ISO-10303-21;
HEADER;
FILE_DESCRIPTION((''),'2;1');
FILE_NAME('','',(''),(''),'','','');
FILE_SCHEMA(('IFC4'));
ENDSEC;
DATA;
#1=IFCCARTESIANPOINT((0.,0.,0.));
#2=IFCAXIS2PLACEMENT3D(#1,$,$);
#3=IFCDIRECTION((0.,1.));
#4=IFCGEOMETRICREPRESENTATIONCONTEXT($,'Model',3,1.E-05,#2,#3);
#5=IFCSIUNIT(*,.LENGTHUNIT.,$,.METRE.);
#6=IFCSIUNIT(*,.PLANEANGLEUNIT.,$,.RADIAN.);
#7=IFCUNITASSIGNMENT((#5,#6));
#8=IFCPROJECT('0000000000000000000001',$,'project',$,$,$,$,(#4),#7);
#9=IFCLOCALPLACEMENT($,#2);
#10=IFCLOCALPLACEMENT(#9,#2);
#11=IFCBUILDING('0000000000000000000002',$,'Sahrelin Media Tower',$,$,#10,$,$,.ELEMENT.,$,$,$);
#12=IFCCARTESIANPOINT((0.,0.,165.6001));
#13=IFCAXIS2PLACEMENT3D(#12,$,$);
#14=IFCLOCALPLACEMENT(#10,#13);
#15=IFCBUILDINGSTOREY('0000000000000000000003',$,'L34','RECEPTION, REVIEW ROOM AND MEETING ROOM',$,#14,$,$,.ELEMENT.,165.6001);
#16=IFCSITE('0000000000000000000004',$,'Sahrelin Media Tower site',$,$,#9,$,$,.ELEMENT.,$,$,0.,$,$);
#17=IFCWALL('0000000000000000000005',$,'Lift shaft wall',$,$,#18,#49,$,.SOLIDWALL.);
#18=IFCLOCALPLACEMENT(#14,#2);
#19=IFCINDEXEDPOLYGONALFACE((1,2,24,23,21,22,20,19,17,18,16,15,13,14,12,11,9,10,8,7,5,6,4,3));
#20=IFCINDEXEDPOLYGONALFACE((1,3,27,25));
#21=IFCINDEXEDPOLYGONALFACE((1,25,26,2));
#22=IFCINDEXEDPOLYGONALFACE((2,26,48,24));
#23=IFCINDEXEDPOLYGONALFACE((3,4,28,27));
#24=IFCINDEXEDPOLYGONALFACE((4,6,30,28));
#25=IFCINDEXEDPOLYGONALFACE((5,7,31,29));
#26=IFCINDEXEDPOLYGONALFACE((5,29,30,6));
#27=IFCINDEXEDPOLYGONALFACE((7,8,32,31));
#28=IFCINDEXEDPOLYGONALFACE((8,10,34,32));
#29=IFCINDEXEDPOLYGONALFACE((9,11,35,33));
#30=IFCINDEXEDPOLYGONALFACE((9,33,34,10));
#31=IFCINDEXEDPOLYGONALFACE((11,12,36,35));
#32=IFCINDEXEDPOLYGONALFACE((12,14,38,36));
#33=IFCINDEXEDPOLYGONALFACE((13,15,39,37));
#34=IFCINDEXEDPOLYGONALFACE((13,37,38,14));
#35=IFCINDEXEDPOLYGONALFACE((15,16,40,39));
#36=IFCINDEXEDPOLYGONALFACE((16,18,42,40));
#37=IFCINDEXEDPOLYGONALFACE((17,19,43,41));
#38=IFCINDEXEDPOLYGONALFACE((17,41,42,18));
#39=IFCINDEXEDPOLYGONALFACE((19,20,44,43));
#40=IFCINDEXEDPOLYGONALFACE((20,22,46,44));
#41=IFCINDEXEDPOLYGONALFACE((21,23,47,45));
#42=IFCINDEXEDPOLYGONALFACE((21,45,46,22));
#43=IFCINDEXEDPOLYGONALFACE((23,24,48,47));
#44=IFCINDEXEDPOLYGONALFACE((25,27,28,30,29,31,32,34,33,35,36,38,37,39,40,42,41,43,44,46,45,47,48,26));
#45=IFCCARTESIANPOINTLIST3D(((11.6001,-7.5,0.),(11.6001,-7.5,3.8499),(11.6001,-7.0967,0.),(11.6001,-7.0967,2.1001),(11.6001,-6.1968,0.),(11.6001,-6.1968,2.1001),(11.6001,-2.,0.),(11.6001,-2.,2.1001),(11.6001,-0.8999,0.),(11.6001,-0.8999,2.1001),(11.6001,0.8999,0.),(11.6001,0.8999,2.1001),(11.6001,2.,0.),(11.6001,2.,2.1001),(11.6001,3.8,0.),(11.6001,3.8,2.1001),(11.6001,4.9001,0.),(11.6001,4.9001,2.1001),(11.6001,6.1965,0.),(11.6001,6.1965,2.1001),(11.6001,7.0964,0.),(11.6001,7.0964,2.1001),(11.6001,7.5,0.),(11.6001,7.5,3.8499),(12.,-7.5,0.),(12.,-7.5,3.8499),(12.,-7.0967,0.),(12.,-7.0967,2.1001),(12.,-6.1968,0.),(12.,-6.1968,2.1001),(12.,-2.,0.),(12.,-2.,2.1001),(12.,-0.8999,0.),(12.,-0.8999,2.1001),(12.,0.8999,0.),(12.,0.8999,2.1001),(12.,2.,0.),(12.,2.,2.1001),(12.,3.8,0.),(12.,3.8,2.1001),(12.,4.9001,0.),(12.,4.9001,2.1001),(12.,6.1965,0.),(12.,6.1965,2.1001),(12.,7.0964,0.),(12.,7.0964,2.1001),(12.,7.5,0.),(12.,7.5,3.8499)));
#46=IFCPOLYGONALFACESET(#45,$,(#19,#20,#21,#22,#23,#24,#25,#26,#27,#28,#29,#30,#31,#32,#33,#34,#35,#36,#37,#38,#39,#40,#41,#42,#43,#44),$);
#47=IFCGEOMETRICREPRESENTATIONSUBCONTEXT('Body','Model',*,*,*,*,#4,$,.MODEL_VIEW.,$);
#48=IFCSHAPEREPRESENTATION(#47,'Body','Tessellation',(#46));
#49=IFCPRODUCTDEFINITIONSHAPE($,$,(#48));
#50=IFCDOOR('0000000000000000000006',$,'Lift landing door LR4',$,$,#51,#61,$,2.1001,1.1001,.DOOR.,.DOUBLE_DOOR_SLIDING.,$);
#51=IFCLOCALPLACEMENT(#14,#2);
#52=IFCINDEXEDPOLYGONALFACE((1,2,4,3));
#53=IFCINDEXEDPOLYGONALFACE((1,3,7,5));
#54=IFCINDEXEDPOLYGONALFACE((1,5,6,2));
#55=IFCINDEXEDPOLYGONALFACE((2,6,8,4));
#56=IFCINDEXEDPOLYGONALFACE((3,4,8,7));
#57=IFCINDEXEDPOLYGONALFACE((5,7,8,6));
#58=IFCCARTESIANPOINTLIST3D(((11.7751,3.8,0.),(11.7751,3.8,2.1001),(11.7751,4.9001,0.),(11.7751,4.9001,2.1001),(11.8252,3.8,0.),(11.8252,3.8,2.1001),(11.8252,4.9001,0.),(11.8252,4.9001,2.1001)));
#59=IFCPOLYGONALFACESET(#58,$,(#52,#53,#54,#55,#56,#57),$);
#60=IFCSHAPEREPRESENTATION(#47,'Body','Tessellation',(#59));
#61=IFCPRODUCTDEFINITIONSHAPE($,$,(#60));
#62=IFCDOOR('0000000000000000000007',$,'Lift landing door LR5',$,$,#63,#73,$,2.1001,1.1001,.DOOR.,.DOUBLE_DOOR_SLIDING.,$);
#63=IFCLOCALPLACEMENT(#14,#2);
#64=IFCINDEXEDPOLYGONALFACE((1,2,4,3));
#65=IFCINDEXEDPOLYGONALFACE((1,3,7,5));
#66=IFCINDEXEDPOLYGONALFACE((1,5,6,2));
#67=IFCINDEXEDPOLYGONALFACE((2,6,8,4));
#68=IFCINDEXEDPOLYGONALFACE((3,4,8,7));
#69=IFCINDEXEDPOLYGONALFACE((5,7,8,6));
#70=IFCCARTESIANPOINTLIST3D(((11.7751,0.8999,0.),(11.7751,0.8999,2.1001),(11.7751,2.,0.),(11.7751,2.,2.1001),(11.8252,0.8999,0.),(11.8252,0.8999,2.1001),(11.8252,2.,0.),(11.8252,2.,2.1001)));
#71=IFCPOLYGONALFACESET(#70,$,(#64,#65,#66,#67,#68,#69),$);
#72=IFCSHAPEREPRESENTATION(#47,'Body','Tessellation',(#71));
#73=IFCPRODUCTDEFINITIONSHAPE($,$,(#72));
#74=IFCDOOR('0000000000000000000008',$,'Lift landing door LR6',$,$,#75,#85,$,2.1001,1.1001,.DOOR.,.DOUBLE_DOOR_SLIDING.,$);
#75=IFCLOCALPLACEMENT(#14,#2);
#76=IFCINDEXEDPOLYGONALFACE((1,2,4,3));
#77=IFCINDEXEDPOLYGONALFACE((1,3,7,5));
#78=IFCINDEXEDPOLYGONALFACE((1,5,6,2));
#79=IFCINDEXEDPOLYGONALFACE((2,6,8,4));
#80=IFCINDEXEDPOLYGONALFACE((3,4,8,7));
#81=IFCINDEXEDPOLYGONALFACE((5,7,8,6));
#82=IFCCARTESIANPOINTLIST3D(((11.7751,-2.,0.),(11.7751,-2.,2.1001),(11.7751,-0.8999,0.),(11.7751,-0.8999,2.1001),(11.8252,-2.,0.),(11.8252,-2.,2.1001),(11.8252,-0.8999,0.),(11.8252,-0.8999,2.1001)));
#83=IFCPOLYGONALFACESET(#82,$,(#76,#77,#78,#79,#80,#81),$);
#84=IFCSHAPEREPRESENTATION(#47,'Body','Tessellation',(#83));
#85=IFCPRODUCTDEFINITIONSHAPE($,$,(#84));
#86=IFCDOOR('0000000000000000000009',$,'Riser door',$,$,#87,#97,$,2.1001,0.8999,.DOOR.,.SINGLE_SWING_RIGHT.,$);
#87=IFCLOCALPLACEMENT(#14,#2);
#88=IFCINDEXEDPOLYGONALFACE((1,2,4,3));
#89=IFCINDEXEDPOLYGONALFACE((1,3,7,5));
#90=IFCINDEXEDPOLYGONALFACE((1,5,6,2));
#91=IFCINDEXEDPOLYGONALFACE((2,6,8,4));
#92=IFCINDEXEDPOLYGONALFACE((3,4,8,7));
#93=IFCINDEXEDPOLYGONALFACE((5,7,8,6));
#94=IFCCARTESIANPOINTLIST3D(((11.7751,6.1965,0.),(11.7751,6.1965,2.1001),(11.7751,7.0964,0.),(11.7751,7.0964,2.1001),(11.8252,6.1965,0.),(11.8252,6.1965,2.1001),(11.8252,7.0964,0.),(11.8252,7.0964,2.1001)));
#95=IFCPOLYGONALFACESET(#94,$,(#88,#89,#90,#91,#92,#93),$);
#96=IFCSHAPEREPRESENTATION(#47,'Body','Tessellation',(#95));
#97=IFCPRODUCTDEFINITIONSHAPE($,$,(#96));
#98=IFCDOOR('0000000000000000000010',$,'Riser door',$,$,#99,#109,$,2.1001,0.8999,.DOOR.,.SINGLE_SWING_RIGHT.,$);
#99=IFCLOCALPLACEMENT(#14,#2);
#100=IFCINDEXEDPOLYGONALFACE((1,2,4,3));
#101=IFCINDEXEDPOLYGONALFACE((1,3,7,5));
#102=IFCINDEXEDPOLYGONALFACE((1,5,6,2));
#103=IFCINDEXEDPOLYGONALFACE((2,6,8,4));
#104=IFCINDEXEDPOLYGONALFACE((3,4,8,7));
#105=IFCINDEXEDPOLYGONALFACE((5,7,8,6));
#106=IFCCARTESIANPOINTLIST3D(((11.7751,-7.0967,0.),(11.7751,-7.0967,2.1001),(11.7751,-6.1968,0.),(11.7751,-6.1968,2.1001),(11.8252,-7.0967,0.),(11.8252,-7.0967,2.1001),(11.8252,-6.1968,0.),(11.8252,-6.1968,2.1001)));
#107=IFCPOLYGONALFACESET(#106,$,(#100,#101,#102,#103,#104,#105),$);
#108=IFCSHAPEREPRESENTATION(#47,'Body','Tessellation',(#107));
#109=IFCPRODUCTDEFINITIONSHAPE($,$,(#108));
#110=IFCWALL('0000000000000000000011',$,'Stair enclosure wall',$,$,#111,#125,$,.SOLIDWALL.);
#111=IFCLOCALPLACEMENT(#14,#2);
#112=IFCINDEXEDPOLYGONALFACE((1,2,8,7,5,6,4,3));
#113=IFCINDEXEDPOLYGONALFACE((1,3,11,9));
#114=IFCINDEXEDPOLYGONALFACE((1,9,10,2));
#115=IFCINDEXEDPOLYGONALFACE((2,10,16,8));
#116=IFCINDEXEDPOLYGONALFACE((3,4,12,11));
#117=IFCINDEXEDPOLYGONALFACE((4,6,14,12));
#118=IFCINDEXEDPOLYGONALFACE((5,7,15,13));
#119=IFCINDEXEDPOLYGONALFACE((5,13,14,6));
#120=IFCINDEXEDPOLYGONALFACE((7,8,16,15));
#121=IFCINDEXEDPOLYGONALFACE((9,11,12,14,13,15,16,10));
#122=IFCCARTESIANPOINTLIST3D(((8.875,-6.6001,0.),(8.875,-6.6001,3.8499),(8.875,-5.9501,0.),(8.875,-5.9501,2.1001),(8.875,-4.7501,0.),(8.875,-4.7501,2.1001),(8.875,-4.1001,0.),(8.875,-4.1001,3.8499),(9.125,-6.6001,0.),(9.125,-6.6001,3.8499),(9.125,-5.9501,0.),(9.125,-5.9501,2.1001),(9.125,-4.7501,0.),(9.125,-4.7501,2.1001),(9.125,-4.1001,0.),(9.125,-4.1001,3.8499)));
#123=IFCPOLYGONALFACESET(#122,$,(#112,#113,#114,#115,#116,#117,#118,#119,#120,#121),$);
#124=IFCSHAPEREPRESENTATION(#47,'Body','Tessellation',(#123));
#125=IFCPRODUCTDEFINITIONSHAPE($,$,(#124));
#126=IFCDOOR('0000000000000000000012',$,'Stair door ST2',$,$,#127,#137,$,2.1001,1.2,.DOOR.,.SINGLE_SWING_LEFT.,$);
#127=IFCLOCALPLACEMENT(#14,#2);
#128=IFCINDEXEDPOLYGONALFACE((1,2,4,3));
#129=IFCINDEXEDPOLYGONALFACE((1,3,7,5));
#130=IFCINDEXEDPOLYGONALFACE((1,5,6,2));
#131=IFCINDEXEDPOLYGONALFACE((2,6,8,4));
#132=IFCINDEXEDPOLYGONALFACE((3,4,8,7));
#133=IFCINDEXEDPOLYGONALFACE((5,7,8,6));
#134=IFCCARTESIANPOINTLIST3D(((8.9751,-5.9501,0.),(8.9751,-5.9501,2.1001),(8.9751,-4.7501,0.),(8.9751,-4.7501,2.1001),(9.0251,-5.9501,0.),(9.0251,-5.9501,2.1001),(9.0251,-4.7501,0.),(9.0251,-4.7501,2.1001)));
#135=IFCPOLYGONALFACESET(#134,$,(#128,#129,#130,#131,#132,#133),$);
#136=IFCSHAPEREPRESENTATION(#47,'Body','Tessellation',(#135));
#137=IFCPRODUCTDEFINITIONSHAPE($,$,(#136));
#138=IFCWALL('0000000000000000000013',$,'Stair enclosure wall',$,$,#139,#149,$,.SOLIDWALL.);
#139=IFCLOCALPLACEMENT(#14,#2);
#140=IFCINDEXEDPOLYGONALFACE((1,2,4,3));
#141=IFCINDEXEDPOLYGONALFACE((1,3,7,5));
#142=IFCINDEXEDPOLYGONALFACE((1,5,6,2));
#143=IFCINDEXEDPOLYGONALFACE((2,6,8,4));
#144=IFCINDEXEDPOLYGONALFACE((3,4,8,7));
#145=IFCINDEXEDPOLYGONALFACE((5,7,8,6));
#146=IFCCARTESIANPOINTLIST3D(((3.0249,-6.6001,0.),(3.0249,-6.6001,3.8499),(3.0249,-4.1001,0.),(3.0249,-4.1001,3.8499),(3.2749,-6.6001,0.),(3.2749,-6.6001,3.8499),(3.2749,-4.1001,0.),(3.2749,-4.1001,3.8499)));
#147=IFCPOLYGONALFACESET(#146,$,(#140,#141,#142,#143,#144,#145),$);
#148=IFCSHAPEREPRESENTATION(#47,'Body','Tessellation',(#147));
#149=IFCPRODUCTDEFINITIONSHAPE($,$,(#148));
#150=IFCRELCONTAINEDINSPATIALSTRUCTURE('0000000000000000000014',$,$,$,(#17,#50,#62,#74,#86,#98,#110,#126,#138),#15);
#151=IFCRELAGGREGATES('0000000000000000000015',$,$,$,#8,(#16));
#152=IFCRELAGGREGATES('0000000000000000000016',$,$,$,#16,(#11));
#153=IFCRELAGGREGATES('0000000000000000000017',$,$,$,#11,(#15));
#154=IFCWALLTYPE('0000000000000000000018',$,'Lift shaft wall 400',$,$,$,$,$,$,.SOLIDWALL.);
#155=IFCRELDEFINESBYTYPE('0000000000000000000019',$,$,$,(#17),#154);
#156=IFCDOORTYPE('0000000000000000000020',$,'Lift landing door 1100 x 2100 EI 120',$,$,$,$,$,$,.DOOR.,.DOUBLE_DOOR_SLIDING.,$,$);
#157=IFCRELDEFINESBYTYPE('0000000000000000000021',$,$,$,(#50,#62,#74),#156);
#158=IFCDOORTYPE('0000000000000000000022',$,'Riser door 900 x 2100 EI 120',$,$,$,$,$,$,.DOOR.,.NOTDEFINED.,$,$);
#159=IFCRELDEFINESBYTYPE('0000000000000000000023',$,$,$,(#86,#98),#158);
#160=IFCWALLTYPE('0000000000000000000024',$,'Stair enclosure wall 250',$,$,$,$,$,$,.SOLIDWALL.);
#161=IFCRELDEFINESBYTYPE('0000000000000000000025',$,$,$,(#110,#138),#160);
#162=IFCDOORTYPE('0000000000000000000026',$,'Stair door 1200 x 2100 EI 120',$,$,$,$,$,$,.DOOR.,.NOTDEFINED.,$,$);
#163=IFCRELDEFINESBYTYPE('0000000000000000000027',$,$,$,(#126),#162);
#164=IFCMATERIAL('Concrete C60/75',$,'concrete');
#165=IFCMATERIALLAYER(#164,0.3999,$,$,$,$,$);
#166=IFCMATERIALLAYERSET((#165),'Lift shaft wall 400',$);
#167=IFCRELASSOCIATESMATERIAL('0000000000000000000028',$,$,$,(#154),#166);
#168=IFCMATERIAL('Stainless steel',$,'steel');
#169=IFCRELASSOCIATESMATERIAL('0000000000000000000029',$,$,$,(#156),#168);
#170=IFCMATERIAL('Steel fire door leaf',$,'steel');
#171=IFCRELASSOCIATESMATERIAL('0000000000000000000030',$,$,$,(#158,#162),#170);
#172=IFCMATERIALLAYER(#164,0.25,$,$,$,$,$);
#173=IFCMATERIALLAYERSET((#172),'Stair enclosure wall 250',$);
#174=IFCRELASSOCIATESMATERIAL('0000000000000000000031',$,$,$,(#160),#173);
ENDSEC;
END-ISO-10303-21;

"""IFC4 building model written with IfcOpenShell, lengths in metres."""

from ifc_helpers import new_model, si_unit, direction, frame, frame_2d, origin, place, context, subcontext, project, spatial, rectangle, extrude, material, layer, layer_set, type_object, element, fill, save


model = new_model("IFC4")

# Units and contexts
model_context = context("Model", 3, precision=1e-05, world=origin(), true_north=direction((0.0, 1.0)))
body_context = subcontext(model_context, "Body", "Model", "MODEL_VIEW")
ifc_project = project(units=[si_unit("LENGTHUNIT", "METRE"), si_unit("PLANEANGLEUNIT", "RADIAN")], contexts=[model_context])

# Site, building, storey
site_placement = place(None, origin())
site = spatial("IfcSite", under=ifc_project, at=site_placement, Name="Sahrelin Media Tower site", CompositionType="ELEMENT", RefElevation=0.0)
building_placement = place(site_placement, origin())
building = spatial("IfcBuilding", under=site, at=building_placement, Name="Sahrelin Media Tower", CompositionType="ELEMENT")
storey_placement = place(building_placement, frame((0.0, 0.0, 165.6001)))
storey = spatial("IfcBuildingStorey", under=building, at=storey_placement, Name="L34", Description="RECEPTION, REVIEW ROOM AND MEETING ROOM", CompositionType="ELEMENT", Elevation=165.6001)

# Shared definitions
ifc_material_1 = material(Name="Concrete C60/75", Category="concrete")

# Shared definitions
ifc_material_2 = material(Name="Steel fire door leaf", Category="steel")

# Wall, openings, doors
ifc_layer_1 = layer(ifc_material_1, 0.3999)
ifc_layer_set_1 = layer_set([ifc_layer_1], Name="Lift shaft wall 400")
wall_type_1 = type_object("IfcWallType", Name="Lift shaft wall 400", PredefinedType="SOLIDWALL", material=ifc_layer_set_1)
wall_1_placement = place(storey_placement, frame((11.8, -7.5, 0.0), z_axis=(0.0, 0.0, 1.0), x_axis=(0.0, 1.0, 0.0)))
wall_1 = element("IfcWall", 1, at=wall_1_placement, inside=storey, type_object=wall_type_1, Name="Lift shaft wall", PredefinedType="SOLIDWALL", context=body_context, shape_type="SweptSolid", body=[
    extrude(rectangle(XDim=15.0, YDim=0.3999, at=frame_2d((7.5, 0.0))), origin(), (0.0, 0.0, 1.0), 3.8499),
])
opening_1_placement = place(wall_1_placement, frame((11.3, 0.0, 0.0)))
opening_1 = element("IfcOpeningElement", 2, at=opening_1_placement, cuts=wall_1, PredefinedType="OPENING", context=body_context, shape_type="SweptSolid", body=[
    extrude(rectangle(XDim=1.1001, YDim=2.1001, at=frame_2d((0.55, 1.05))), frame((0.0, 0.2, 0.0), z_axis=(0.0, -1.0, 0.0), x_axis=(1.0, 0.0, 0.0)), (0.0, 0.0, 1.0), 0.3999),
])
opening_2_placement = place(wall_1_placement, frame((8.3999, 0.0, 0.0)))
opening_2 = element("IfcOpeningElement", 3, at=opening_2_placement, cuts=wall_1, PredefinedType="OPENING", context=body_context, shape_type="SweptSolid", body=[
    extrude(rectangle(XDim=1.1001, YDim=2.1001, at=frame_2d((0.55, 1.05))), frame((0.0, 0.2, 0.0), z_axis=(0.0, -1.0, 0.0), x_axis=(1.0, 0.0, 0.0)), (0.0, 0.0, 1.0), 0.3999),
])
opening_3_placement = place(wall_1_placement, frame((5.5, 0.0, 0.0)))
opening_3 = element("IfcOpeningElement", 4, at=opening_3_placement, cuts=wall_1, PredefinedType="OPENING", context=body_context, shape_type="SweptSolid", body=[
    extrude(rectangle(XDim=1.1001, YDim=2.1001, at=frame_2d((0.55, 1.05))), frame((0.0, 0.2, 0.0), z_axis=(0.0, -1.0, 0.0), x_axis=(1.0, 0.0, 0.0)), (0.0, 0.0, 1.0), 0.3999),
])
opening_4_placement = place(wall_1_placement, frame((13.6965, 0.0, 0.0)))
opening_4 = element("IfcOpeningElement", 5, at=opening_4_placement, cuts=wall_1, PredefinedType="OPENING", context=body_context, shape_type="SweptSolid", body=[
    extrude(rectangle(XDim=0.8999, YDim=2.1001, at=frame_2d((0.45, 1.05))), frame((0.0, 0.2, 0.0), z_axis=(0.0, -1.0, 0.0), x_axis=(1.0, 0.0, 0.0)), (0.0, 0.0, 1.0), 0.3999),
])
opening_5_placement = place(wall_1_placement, frame((0.4033, 0.0, 0.0)))
opening_5 = element("IfcOpeningElement", 6, at=opening_5_placement, cuts=wall_1, PredefinedType="OPENING", context=body_context, shape_type="SweptSolid", body=[
    extrude(rectangle(XDim=0.8999, YDim=2.1001, at=frame_2d((0.45, 1.05))), frame((0.0, 0.2, 0.0), z_axis=(0.0, -1.0, 0.0), x_axis=(1.0, 0.0, 0.0)), (0.0, 0.0, 1.0), 0.3999),
])
ifc_material_3 = material(Name="Stainless steel", Category="steel")
door_type_1 = type_object("IfcDoorType", Name="Lift landing door 1100 x 2100 EI 120", OperationType="DOUBLE_DOOR_SLIDING", PredefinedType="DOOR", material=ifc_material_3)
door_1_placement = place(opening_1_placement, origin())
door_1 = element("IfcDoor", 7, at=door_1_placement, inside=storey, type_object=door_type_1, Name="Lift landing door LR4", OperationType="DOUBLE_DOOR_SLIDING", OverallHeight=2.1001, OverallWidth=1.1001, PredefinedType="DOOR", context=body_context, shape_type="SweptSolid", body=[
    extrude(rectangle(XDim=1.1001, YDim=2.1001, at=frame_2d((0.55, 1.05))), frame((0.0, 0.0249, 0.0), z_axis=(0.0, -1.0, 0.0), x_axis=(1.0, 0.0, 0.0)), (0.0, 0.0, 1.0), 0.05),
])
fill(opening_1, door_1)
door_2_placement = place(opening_2_placement, origin())
door_2 = element("IfcDoor", 8, at=door_2_placement, inside=storey, type_object=door_type_1, Name="Lift landing door LR5", OperationType="DOUBLE_DOOR_SLIDING", OverallHeight=2.1001, OverallWidth=1.1001, PredefinedType="DOOR", context=body_context, shape_type="SweptSolid", body=[
    extrude(rectangle(XDim=1.1001, YDim=2.1001, at=frame_2d((0.55, 1.05))), frame((0.0, 0.0249, 0.0), z_axis=(0.0, -1.0, 0.0), x_axis=(1.0, 0.0, 0.0)), (0.0, 0.0, 1.0), 0.05),
])
fill(opening_2, door_2)
door_3_placement = place(opening_3_placement, origin())
door_3 = element("IfcDoor", 9, at=door_3_placement, inside=storey, type_object=door_type_1, Name="Lift landing door LR6", OperationType="DOUBLE_DOOR_SLIDING", OverallHeight=2.1001, OverallWidth=1.1001, PredefinedType="DOOR", context=body_context, shape_type="SweptSolid", body=[
    extrude(rectangle(XDim=1.1001, YDim=2.1001, at=frame_2d((0.55, 1.05))), frame((0.0, 0.0249, 0.0), z_axis=(0.0, -1.0, 0.0), x_axis=(1.0, 0.0, 0.0)), (0.0, 0.0, 1.0), 0.05),
])
fill(opening_3, door_3)
door_type_2 = type_object("IfcDoorType", Name="Riser door 900 x 2100 EI 120", OperationType="NOTDEFINED", PredefinedType="DOOR", material=ifc_material_2)
door_4_placement = place(opening_4_placement, origin())
door_4 = element("IfcDoor", 10, at=door_4_placement, inside=storey, type_object=door_type_2, Name="Riser door", OperationType="SINGLE_SWING_RIGHT", OverallHeight=2.1001, OverallWidth=0.8999, PredefinedType="DOOR", context=body_context, shape_type="SweptSolid", body=[
    extrude(rectangle(XDim=0.8999, YDim=2.1001, at=frame_2d((0.45, 1.05))), frame((0.0, 0.0249, 0.0), z_axis=(0.0, -1.0, 0.0), x_axis=(1.0, 0.0, 0.0)), (0.0, 0.0, 1.0), 0.05),
])
fill(opening_4, door_4)
door_5_placement = place(opening_5_placement, origin())
door_5 = element("IfcDoor", 11, at=door_5_placement, inside=storey, type_object=door_type_2, Name="Riser door", OperationType="SINGLE_SWING_RIGHT", OverallHeight=2.1001, OverallWidth=0.8999, PredefinedType="DOOR", context=body_context, shape_type="SweptSolid", body=[
    extrude(rectangle(XDim=0.8999, YDim=2.1001, at=frame_2d((0.45, 1.05))), frame((0.0, 0.0249, 0.0), z_axis=(0.0, -1.0, 0.0), x_axis=(1.0, 0.0, 0.0)), (0.0, 0.0, 1.0), 0.05),
])
fill(opening_5, door_5)

# Wall, opening, door
ifc_layer_2 = layer(ifc_material_1, 0.25)
ifc_layer_set_2 = layer_set([ifc_layer_2], Name="Stair enclosure wall 250")
wall_type_2 = type_object("IfcWallType", Name="Stair enclosure wall 250", PredefinedType="SOLIDWALL", material=ifc_layer_set_2)
wall_2_placement = place(storey_placement, frame((9.0, -6.6001, 0.0), z_axis=(0.0, 0.0, 1.0), x_axis=(0.0, 1.0, 0.0)))
wall_2 = element("IfcWall", 12, at=wall_2_placement, inside=storey, type_object=wall_type_2, Name="Stair enclosure wall", PredefinedType="SOLIDWALL", context=body_context, shape_type="SweptSolid", body=[
    extrude(rectangle(XDim=2.5, YDim=0.25, at=frame_2d((1.25, 0.0))), origin(), (0.0, 0.0, 1.0), 3.8499),
])
opening_6_placement = place(wall_2_placement, frame((0.6499, 0.0, 0.0)))
opening_6 = element("IfcOpeningElement", 13, at=opening_6_placement, cuts=wall_2, PredefinedType="OPENING", context=body_context, shape_type="SweptSolid", body=[
    extrude(rectangle(XDim=1.2, YDim=2.1001, at=frame_2d((0.6001, 1.05))), frame((0.0, 0.125, 0.0), z_axis=(0.0, -1.0, 0.0), x_axis=(1.0, 0.0, 0.0)), (0.0, 0.0, 1.0), 0.25),
])
door_type_3 = type_object("IfcDoorType", Name="Stair door 1200 x 2100 EI 120", OperationType="NOTDEFINED", PredefinedType="DOOR", material=ifc_material_2)
door_6_placement = place(opening_6_placement, origin())
door_6 = element("IfcDoor", 14, at=door_6_placement, inside=storey, type_object=door_type_3, Name="Stair door ST2", OperationType="SINGLE_SWING_LEFT", OverallHeight=2.1001, OverallWidth=1.2, PredefinedType="DOOR", context=body_context, shape_type="SweptSolid", body=[
    extrude(rectangle(XDim=1.2, YDim=2.1001, at=frame_2d((0.6001, 1.05))), frame((0.0, 0.0249, 0.0), z_axis=(0.0, -1.0, 0.0), x_axis=(1.0, 0.0, 0.0)), (0.0, 0.0, 1.0), 0.05),
])
fill(opening_6, door_6)

# Wall
wall_3_placement = place(storey_placement, frame((3.1499, -6.6001, 0.0), z_axis=(0.0, 0.0, 1.0), x_axis=(0.0, 1.0, 0.0)))
element("IfcWall", 15, at=wall_3_placement, inside=storey, type_object=wall_type_2, Name="Stair enclosure wall", PredefinedType="SOLIDWALL", context=body_context, shape_type="SweptSolid", body=[
    extrude(rectangle(XDim=2.5, YDim=0.25, at=frame_2d((1.25, 0.0))), origin(), (0.0, 0.0, 1.0), 3.8499),
])

save(model, "model.ifc")
